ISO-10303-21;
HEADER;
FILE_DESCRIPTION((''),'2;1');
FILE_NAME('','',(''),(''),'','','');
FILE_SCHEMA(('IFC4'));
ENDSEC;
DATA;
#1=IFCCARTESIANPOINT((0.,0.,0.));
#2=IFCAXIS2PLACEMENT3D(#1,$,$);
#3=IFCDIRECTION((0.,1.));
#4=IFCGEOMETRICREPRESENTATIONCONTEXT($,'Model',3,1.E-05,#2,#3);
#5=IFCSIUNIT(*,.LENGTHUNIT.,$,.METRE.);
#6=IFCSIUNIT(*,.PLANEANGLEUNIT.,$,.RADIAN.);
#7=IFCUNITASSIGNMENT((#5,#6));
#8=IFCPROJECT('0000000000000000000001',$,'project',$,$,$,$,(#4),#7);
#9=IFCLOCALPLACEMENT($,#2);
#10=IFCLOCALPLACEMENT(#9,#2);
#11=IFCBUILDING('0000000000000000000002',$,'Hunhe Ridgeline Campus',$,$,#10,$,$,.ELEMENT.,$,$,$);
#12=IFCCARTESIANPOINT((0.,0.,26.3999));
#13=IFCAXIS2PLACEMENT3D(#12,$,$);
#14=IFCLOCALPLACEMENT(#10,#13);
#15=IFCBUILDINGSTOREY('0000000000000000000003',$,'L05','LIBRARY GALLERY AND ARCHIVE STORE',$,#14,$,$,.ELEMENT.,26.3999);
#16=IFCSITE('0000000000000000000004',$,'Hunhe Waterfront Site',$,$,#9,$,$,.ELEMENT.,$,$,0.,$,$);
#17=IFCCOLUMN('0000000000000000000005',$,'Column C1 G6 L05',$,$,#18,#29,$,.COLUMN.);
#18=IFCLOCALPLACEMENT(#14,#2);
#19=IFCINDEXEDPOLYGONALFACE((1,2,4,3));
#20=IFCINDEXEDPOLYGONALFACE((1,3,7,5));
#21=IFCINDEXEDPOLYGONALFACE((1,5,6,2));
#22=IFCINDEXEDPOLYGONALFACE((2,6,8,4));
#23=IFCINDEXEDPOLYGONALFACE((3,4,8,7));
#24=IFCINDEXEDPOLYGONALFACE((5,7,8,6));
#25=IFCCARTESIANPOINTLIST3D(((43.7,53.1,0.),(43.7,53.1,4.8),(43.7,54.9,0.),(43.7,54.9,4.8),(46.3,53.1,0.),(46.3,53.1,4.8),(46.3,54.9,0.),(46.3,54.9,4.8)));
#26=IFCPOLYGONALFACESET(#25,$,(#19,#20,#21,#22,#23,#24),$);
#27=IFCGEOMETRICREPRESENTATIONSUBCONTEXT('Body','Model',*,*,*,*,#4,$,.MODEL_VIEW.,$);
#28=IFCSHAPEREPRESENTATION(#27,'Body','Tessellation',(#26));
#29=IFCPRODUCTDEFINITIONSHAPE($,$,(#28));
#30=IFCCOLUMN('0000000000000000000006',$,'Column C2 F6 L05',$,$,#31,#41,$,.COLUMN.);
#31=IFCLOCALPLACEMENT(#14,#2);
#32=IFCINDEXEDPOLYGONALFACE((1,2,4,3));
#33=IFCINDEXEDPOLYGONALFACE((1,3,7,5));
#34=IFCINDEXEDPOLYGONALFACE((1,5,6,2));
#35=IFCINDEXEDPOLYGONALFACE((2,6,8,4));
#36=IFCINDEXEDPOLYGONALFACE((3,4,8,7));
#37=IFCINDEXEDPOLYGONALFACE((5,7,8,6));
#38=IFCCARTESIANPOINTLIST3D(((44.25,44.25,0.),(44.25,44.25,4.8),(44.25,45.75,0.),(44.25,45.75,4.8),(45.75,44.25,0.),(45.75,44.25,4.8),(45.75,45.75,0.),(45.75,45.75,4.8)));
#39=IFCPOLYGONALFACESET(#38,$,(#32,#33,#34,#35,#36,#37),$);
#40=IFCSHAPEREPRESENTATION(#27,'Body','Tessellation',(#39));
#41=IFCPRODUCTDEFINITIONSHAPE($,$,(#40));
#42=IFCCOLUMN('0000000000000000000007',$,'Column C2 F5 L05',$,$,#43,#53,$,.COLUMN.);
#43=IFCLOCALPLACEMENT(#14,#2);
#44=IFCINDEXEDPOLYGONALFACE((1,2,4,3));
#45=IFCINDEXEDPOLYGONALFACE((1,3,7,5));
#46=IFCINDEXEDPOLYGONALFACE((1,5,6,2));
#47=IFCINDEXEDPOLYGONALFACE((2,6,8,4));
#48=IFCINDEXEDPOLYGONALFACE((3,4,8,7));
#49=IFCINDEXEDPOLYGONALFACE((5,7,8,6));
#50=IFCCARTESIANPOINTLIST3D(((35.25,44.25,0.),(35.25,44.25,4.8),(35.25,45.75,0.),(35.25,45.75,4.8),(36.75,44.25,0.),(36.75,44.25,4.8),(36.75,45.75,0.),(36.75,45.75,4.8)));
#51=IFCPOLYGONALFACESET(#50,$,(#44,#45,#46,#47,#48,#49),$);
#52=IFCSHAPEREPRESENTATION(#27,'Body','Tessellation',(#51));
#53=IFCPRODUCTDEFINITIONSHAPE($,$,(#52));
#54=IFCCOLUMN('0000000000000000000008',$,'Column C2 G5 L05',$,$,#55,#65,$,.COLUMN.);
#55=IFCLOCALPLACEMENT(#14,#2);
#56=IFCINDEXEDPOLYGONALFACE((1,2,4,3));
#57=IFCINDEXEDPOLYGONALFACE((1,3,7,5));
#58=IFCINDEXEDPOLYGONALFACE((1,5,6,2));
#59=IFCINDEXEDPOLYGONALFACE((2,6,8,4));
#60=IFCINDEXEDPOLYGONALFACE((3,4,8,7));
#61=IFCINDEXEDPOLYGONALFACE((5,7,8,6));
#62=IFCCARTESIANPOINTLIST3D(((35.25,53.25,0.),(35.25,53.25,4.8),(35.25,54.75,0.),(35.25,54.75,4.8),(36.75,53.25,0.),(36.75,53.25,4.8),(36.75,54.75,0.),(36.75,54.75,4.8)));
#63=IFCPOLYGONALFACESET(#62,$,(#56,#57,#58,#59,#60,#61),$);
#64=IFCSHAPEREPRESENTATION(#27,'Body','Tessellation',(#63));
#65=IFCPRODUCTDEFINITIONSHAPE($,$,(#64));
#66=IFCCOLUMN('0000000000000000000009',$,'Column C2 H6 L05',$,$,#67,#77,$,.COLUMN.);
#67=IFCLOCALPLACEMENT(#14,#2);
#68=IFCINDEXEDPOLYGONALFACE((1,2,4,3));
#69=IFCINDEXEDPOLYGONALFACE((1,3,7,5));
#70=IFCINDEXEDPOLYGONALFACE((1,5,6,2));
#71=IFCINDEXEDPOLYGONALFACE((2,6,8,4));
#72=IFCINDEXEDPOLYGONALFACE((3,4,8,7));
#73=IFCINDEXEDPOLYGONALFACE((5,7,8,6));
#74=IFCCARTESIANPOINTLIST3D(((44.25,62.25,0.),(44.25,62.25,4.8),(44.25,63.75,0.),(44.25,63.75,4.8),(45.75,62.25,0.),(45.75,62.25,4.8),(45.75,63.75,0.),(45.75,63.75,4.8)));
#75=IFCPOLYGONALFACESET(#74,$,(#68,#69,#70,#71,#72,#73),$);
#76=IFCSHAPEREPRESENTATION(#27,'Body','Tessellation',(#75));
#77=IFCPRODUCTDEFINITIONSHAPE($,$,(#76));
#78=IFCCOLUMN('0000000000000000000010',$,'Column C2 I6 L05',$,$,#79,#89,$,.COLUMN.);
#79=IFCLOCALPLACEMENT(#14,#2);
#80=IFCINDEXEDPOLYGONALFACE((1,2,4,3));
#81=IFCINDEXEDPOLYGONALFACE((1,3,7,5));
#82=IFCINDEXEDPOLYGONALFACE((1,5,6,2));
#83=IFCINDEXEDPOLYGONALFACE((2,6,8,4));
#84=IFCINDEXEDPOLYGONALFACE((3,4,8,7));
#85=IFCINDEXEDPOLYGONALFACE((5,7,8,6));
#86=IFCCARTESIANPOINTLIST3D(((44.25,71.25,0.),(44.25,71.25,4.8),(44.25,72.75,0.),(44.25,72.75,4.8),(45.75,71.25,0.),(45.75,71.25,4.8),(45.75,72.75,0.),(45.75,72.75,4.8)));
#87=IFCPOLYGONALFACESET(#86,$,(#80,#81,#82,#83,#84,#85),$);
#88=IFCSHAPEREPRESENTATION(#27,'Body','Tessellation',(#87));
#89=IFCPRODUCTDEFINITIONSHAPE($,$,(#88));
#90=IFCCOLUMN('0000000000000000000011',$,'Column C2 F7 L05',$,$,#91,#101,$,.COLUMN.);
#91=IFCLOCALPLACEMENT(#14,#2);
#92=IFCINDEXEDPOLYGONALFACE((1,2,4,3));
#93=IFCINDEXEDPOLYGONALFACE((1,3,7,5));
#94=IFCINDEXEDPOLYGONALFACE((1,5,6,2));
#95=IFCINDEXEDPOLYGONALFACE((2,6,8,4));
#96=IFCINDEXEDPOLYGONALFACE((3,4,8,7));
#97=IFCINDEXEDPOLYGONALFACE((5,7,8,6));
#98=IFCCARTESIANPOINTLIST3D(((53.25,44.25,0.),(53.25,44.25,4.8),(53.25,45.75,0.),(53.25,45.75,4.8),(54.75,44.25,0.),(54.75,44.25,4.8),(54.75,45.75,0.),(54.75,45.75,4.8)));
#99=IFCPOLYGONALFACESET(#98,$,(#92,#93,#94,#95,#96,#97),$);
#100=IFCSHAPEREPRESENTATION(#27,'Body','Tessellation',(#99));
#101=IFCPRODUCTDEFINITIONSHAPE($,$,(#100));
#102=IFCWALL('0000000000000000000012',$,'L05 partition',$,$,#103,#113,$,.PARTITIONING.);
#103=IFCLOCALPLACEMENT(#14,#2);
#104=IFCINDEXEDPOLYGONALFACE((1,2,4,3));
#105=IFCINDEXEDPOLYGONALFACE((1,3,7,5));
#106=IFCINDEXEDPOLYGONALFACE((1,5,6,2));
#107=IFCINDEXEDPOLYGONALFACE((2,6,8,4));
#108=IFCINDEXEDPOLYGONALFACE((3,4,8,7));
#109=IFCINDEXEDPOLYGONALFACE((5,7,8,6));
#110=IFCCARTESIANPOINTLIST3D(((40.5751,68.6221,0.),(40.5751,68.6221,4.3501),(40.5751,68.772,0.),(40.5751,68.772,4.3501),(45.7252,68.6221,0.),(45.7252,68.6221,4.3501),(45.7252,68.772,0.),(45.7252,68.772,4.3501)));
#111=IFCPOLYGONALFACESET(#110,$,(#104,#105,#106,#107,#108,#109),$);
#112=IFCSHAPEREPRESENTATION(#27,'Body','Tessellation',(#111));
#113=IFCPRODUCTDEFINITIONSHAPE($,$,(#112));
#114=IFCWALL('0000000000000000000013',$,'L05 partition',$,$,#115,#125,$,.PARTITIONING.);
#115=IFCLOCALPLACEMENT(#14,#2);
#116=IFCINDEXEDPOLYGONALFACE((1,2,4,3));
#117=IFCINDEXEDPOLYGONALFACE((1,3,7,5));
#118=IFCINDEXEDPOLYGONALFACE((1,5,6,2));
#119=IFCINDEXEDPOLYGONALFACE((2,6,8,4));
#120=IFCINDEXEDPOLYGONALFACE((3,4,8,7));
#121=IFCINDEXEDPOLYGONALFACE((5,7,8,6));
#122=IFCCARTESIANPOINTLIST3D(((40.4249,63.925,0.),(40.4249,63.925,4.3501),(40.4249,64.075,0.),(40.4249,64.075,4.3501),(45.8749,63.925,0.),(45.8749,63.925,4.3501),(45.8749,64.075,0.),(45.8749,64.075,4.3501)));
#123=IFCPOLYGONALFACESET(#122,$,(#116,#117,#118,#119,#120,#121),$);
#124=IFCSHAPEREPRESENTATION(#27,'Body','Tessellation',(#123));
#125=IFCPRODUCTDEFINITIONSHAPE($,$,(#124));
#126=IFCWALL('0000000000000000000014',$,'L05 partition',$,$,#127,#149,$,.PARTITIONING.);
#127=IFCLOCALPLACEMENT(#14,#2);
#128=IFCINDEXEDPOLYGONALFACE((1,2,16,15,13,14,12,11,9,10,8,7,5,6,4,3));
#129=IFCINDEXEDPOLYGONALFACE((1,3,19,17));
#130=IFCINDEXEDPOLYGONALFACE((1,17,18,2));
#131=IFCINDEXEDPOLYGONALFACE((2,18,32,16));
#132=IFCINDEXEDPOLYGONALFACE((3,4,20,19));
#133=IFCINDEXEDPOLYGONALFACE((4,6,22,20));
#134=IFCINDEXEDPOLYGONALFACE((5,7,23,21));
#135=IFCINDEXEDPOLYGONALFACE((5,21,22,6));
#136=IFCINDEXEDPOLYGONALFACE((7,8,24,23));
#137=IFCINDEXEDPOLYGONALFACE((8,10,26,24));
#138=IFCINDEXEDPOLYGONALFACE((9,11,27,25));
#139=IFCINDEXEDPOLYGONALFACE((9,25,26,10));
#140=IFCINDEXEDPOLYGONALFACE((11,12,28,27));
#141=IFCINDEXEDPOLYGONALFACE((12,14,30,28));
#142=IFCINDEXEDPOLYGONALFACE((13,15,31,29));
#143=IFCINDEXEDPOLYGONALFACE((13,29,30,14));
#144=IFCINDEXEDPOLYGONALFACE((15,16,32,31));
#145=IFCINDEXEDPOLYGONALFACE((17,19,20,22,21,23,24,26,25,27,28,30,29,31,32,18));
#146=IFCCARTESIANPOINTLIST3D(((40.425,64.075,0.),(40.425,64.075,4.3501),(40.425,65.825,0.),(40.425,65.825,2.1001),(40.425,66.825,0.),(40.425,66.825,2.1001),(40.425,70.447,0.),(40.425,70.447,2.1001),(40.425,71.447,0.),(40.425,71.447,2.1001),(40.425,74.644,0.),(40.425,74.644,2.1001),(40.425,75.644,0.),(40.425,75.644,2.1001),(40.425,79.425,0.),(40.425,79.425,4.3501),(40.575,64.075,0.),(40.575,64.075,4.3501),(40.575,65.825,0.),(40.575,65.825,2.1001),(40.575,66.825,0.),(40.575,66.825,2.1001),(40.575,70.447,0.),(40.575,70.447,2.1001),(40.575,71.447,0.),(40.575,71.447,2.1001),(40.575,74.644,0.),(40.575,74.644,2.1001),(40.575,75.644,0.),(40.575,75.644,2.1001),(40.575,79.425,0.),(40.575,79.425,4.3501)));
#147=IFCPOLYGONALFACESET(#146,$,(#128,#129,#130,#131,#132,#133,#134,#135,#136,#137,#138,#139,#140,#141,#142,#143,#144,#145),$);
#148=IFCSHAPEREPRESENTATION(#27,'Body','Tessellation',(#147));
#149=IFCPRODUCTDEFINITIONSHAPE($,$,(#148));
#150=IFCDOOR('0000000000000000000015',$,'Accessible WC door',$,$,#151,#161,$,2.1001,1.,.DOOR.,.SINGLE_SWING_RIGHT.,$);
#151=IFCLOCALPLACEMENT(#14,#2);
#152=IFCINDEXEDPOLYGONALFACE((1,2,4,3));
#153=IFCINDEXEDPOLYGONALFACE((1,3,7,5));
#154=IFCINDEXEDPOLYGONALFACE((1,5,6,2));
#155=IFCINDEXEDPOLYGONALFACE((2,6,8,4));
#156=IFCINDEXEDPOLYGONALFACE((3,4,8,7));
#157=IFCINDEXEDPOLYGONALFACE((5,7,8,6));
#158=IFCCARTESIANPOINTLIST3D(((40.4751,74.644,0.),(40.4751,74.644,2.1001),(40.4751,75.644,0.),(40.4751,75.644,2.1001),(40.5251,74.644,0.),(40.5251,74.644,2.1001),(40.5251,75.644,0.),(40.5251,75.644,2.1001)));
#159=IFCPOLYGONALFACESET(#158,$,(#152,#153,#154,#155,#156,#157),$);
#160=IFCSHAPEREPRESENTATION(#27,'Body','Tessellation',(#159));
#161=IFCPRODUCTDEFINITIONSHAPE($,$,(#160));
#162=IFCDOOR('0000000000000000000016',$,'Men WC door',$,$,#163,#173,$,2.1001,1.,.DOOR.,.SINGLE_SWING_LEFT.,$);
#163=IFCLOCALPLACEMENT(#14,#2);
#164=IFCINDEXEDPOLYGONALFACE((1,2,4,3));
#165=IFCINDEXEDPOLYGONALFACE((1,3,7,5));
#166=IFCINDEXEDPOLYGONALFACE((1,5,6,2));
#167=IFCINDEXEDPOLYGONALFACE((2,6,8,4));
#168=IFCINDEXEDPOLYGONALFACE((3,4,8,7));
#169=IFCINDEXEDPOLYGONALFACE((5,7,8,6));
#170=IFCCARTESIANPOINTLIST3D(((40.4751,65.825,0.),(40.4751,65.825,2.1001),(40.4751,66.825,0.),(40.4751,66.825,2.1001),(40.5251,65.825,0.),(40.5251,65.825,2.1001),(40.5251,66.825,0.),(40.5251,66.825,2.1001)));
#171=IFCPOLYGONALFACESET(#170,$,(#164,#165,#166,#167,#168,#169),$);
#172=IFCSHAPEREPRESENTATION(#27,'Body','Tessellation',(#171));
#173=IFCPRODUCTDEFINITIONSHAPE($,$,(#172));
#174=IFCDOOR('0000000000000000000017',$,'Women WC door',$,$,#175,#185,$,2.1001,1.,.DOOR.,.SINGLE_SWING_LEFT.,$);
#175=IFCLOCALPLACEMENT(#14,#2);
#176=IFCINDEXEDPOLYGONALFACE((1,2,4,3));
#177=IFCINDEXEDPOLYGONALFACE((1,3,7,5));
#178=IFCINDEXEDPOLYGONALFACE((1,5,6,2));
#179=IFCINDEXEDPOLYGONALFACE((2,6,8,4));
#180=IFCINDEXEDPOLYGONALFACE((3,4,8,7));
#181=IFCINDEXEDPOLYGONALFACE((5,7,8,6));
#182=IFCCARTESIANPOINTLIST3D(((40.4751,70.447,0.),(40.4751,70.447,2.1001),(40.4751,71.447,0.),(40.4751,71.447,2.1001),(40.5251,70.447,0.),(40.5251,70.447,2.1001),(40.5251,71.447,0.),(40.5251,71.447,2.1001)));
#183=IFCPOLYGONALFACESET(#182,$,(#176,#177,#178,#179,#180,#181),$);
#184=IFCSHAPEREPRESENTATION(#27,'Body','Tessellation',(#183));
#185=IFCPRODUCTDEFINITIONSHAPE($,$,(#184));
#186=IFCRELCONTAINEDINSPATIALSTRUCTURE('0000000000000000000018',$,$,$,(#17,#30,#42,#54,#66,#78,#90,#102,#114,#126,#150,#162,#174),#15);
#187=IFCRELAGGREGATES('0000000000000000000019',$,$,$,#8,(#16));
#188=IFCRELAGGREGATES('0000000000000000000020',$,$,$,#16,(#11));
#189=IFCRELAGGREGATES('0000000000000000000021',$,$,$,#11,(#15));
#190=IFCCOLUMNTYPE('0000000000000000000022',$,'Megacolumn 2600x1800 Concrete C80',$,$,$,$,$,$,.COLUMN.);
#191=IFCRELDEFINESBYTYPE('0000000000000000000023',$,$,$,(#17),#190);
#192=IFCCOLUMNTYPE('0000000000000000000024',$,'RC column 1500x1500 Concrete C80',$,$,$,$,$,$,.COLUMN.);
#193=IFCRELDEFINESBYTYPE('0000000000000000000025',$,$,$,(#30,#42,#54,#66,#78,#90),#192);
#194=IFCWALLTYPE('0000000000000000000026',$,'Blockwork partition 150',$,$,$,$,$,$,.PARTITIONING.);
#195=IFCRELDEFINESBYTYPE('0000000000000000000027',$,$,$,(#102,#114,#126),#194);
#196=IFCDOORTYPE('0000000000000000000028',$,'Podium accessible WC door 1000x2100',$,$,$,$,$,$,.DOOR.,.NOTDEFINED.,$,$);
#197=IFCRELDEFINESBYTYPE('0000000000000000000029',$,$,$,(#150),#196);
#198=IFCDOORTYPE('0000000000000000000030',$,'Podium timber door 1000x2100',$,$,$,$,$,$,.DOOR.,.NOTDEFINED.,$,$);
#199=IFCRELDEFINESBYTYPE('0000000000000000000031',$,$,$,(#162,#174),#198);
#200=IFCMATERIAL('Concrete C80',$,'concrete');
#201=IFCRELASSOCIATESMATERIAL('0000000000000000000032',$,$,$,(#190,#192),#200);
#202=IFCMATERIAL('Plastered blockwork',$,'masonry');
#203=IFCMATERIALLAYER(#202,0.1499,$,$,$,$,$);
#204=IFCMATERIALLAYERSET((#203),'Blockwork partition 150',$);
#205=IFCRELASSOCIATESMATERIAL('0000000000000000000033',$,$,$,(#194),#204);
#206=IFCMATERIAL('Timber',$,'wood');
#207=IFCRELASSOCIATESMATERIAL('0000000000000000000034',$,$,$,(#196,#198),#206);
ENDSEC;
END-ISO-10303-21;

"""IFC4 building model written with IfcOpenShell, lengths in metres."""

from ifc_helpers import new_model, si_unit, direction, frame, frame_2d, origin, origin_2d, place, context, subcontext, project, spatial, rectangle, extrude, material, layer, layer_set, material_profile, profile_set, type_object, element, fill, save


model = new_model("IFC4")

# Units and contexts
model_context = context("Model", 3, precision=1e-05, world=origin(), true_north=direction((0.0, 1.0)))
body_context = subcontext(model_context, "Body", "Model", "MODEL_VIEW")
ifc_project = project(units=[si_unit("LENGTHUNIT", "METRE"), si_unit("PLANEANGLEUNIT", "RADIAN")], contexts=[model_context])

# Site, building, storey
site_placement = place(None, origin())
site = spatial("IfcSite", under=ifc_project, at=site_placement, Name="Hunhe Waterfront Site", CompositionType="ELEMENT", RefElevation=0.0)
building_placement = place(site_placement, origin())
building = spatial("IfcBuilding", under=site, at=building_placement, Name="Hunhe Ridgeline Campus", CompositionType="ELEMENT")
storey_placement = place(building_placement, frame((0.0, 0.0, 26.3999)))
storey = spatial("IfcBuildingStorey", under=building, at=storey_placement, Name="L05", Description="LIBRARY GALLERY AND ARCHIVE STORE", CompositionType="ELEMENT", Elevation=26.3999)

# Columns
ifc_material_1 = material(Name="Concrete C80", Category="concrete")
ifc_material_profile_1 = material_profile(ifc_material_1, rectangle(XDim=2.6001, YDim=1.8, at=origin_2d()))
ifc_profile_set_1 = profile_set([ifc_material_profile_1], Name="Concrete C80")
column_type_1 = type_object("IfcColumnType", Name="Megacolumn 2600x1800 Concrete C80", PredefinedType="COLUMN", material=ifc_profile_set_1)
column_placement = place(storey_placement, frame((45.0, 54.0, 0.0), z_axis=(0.0, 0.0, 1.0), x_axis=(1.0, 0.0, 0.0)))
element("IfcColumn", 1, at=column_placement, inside=storey, type_object=column_type_1, Name="Column C1 G6 L05", PredefinedType="COLUMN", context=body_context, shape_type="SweptSolid", body=[
    extrude(rectangle(XDim=2.6001, YDim=1.8, at=origin_2d()), origin(), (0.0, 0.0, 1.0), 4.8),
])
ifc_material_profile_2 = material_profile(ifc_material_1, rectangle(XDim=1.5, YDim=1.5, at=origin_2d()))
ifc_profile_set_2 = profile_set([ifc_material_profile_2], Name="Concrete C80")
column_type_2 = type_object("IfcColumnType", Name="RC column 1500x1500 Concrete C80", PredefinedType="COLUMN", material=ifc_profile_set_2)
for number, where, z_axis, x_axis, name in (
    (2, (45.0, 45.0, 0.0), (0.0, 0.0, 1.0), (1.0, 0.0, 0.0), "Column C2 F6 L05"),
    (3, (36.0, 45.0, 0.0), (0.0, 0.0, 1.0), (1.0, 0.0, 0.0), "Column C2 F5 L05"),
    (4, (36.0, 54.0, 0.0), (0.0, 0.0, 1.0), (1.0, 0.0, 0.0), "Column C2 G5 L05"),
    (5, (45.0, 63.0, 0.0), (0.0, 0.0, 1.0), (1.0, 0.0, 0.0), "Column C2 H6 L05"),
    (6, (45.0, 72.0, 0.0), (0.0, 0.0, 1.0), (1.0, 0.0, 0.0), "Column C2 I6 L05"),
    (7, (54.0, 45.0, 0.0), (0.0, 0.0, 1.0), (1.0, 0.0, 0.0), "Column C2 F7 L05"),
):
    element("IfcColumn", number, at=place(storey_placement, frame(where, z_axis=z_axis, x_axis=x_axis)), inside=storey, type_object=column_type_2, Name=name, PredefinedType="COLUMN", context=body_context, shape_type="SweptSolid", body=[
        extrude(rectangle(XDim=1.5, YDim=1.5, at=origin_2d()), origin(), (0.0, 0.0, 1.0), 4.8),
    ])

# Walls
ifc_material_2 = material(Name="Plastered blockwork", Category="masonry")
ifc_layer_1 = layer(ifc_material_2, 0.1499)
ifc_layer_set_1 = layer_set([ifc_layer_1], Name="Blockwork partition 150")
wall_type_1 = type_object("IfcWallType", Name="Blockwork partition 150", PredefinedType="PARTITIONING", material=ifc_layer_set_1)
wall_1_placement = place(storey_placement, frame((40.575, 68.697, 0.0), z_axis=(0.0, 0.0, 1.0), x_axis=(1.0, 0.0, 0.0)))
element("IfcWall", 8, at=wall_1_placement, inside=storey, type_object=wall_type_1, Name="L05 partition", PredefinedType="PARTITIONING", context=body_context, shape_type="SweptSolid", body=[
    extrude(rectangle(XDim=5.1501, YDim=0.1499, at=frame_2d((2.5752, 0.0))), origin(), (0.0, 0.0, 1.0), 4.3501),
])
wall_2_placement = place(storey_placement, frame((45.875, 64.0, 0.0), z_axis=(0.0, 0.0, 1.0), x_axis=(-1.0, 0.0, 0.0)))
element("IfcWall", 9, at=wall_2_placement, inside=storey, type_object=wall_type_1, Name="L05 partition", PredefinedType="PARTITIONING", context=body_context, shape_type="SweptSolid", body=[
    extrude(rectangle(XDim=5.45, YDim=0.1499, at=frame_2d((2.7251, 0.0))), origin(), (0.0, 0.0, 1.0), 4.3501),
])

# Wall, openings, doors
wall_3_placement = place(storey_placement, frame((40.5, 64.075, 0.0), z_axis=(0.0, 0.0, 1.0), x_axis=(0.0, 1.0, 0.0)))
wall_3 = element("IfcWall", 10, at=wall_3_placement, inside=storey, type_object=wall_type_1, Name="L05 partition", PredefinedType="PARTITIONING", context=body_context, shape_type="SweptSolid", body=[
    extrude(rectangle(XDim=15.3501, YDim=0.1499, at=frame_2d((7.675, 0.0))), origin(), (0.0, 0.0, 1.0), 4.3501),
])
opening_1_placement = place(wall_3_placement, frame((1.75, 0.0, 0.0)))
opening_1 = element("IfcOpeningElement", 11, at=opening_1_placement, cuts=wall_3, PredefinedType="OPENING", context=body_context, shape_type="SweptSolid", body=[
    extrude(rectangle(XDim=1.0, YDim=2.1001, at=frame_2d((0.5, 1.05))), frame((0.0, 0.075, 0.0), z_axis=(0.0, -1.0, 0.0), x_axis=(1.0, 0.0, 0.0)), (0.0, 0.0, 1.0), 0.1499),
])
opening_2_placement = place(wall_3_placement, frame((6.3721, 0.0, 0.0)))
opening_2 = element("IfcOpeningElement", 12, at=opening_2_placement, cuts=wall_3, PredefinedType="OPENING", context=body_context, shape_type="SweptSolid", body=[
    extrude(rectangle(XDim=1.0, YDim=2.1001, at=frame_2d((0.5, 1.05))), frame((0.0, 0.075, 0.0), z_axis=(0.0, -1.0, 0.0), x_axis=(1.0, 0.0, 0.0)), (0.0, 0.0, 1.0), 0.1499),
])
opening_3_placement = place(wall_3_placement, frame((10.5691, 0.0, 0.0)))
opening_3 = element("IfcOpeningElement", 13, at=opening_3_placement, cuts=wall_3, PredefinedType="OPENING", context=body_context, shape_type="SweptSolid", body=[
    extrude(rectangle(XDim=1.0, YDim=2.1001, at=frame_2d((0.5, 1.05))), frame((0.0, 0.075, 0.0), z_axis=(0.0, -1.0, 0.0), x_axis=(1.0, 0.0, 0.0)), (0.0, 0.0, 1.0), 0.1499),
])
ifc_material_3 = material(Name="Timber", Category="wood")
door_type_1 = type_object("IfcDoorType", Name="Podium accessible WC door 1000x2100", OperationType="NOTDEFINED", PredefinedType="DOOR", material=ifc_material_3)
door_1_placement = place(opening_3_placement, origin())
door_1 = element("IfcDoor", 14, at=door_1_placement, inside=storey, type_object=door_type_1, Name="Accessible WC door", OperationType="SINGLE_SWING_RIGHT", OverallHeight=2.1001, OverallWidth=1.0, PredefinedType="DOOR", context=body_context, shape_type="SweptSolid", body=[
    extrude(rectangle(XDim=1.0, YDim=2.1001, at=frame_2d((0.5, 1.05))), frame((0.0, 0.0249, 0.0), z_axis=(0.0, -1.0, 0.0), x_axis=(1.0, 0.0, 0.0)), (0.0, 0.0, 1.0), 0.05),
])
fill(opening_3, door_1)
door_type_2 = type_object("IfcDoorType", Name="Podium timber door 1000x2100", OperationType="NOTDEFINED", PredefinedType="DOOR", material=ifc_material_3)
door_2_placement = place(opening_1_placement, origin())
door_2 = element("IfcDoor", 15, at=door_2_placement, inside=storey, type_object=door_type_2, Name="Men WC door", OperationType="SINGLE_SWING_LEFT", OverallHeight=2.1001, OverallWidth=1.0, PredefinedType="DOOR", context=body_context, shape_type="SweptSolid", body=[
    extrude(rectangle(XDim=1.0, YDim=2.1001, at=frame_2d((0.5, 1.05))), frame((0.0, 0.0249, 0.0), z_axis=(0.0, -1.0, 0.0), x_axis=(1.0, 0.0, 0.0)), (0.0, 0.0, 1.0), 0.05),
])
fill(opening_1, door_2)
door_3_placement = place(opening_2_placement, origin())
door_3 = element("IfcDoor", 16, at=door_3_placement, inside=storey, type_object=door_type_2, Name="Women WC door", OperationType="SINGLE_SWING_LEFT", OverallHeight=2.1001, OverallWidth=1.0, PredefinedType="DOOR", context=body_context, shape_type="SweptSolid", body=[
    extrude(rectangle(XDim=1.0, YDim=2.1001, at=frame_2d((0.5, 1.05))), frame((0.0, 0.0249, 0.0), z_axis=(0.0, -1.0, 0.0), x_axis=(1.0, 0.0, 0.0)), (0.0, 0.0, 1.0), 0.05),
])
fill(opening_2, door_3)

save(model, "model.ifc")
